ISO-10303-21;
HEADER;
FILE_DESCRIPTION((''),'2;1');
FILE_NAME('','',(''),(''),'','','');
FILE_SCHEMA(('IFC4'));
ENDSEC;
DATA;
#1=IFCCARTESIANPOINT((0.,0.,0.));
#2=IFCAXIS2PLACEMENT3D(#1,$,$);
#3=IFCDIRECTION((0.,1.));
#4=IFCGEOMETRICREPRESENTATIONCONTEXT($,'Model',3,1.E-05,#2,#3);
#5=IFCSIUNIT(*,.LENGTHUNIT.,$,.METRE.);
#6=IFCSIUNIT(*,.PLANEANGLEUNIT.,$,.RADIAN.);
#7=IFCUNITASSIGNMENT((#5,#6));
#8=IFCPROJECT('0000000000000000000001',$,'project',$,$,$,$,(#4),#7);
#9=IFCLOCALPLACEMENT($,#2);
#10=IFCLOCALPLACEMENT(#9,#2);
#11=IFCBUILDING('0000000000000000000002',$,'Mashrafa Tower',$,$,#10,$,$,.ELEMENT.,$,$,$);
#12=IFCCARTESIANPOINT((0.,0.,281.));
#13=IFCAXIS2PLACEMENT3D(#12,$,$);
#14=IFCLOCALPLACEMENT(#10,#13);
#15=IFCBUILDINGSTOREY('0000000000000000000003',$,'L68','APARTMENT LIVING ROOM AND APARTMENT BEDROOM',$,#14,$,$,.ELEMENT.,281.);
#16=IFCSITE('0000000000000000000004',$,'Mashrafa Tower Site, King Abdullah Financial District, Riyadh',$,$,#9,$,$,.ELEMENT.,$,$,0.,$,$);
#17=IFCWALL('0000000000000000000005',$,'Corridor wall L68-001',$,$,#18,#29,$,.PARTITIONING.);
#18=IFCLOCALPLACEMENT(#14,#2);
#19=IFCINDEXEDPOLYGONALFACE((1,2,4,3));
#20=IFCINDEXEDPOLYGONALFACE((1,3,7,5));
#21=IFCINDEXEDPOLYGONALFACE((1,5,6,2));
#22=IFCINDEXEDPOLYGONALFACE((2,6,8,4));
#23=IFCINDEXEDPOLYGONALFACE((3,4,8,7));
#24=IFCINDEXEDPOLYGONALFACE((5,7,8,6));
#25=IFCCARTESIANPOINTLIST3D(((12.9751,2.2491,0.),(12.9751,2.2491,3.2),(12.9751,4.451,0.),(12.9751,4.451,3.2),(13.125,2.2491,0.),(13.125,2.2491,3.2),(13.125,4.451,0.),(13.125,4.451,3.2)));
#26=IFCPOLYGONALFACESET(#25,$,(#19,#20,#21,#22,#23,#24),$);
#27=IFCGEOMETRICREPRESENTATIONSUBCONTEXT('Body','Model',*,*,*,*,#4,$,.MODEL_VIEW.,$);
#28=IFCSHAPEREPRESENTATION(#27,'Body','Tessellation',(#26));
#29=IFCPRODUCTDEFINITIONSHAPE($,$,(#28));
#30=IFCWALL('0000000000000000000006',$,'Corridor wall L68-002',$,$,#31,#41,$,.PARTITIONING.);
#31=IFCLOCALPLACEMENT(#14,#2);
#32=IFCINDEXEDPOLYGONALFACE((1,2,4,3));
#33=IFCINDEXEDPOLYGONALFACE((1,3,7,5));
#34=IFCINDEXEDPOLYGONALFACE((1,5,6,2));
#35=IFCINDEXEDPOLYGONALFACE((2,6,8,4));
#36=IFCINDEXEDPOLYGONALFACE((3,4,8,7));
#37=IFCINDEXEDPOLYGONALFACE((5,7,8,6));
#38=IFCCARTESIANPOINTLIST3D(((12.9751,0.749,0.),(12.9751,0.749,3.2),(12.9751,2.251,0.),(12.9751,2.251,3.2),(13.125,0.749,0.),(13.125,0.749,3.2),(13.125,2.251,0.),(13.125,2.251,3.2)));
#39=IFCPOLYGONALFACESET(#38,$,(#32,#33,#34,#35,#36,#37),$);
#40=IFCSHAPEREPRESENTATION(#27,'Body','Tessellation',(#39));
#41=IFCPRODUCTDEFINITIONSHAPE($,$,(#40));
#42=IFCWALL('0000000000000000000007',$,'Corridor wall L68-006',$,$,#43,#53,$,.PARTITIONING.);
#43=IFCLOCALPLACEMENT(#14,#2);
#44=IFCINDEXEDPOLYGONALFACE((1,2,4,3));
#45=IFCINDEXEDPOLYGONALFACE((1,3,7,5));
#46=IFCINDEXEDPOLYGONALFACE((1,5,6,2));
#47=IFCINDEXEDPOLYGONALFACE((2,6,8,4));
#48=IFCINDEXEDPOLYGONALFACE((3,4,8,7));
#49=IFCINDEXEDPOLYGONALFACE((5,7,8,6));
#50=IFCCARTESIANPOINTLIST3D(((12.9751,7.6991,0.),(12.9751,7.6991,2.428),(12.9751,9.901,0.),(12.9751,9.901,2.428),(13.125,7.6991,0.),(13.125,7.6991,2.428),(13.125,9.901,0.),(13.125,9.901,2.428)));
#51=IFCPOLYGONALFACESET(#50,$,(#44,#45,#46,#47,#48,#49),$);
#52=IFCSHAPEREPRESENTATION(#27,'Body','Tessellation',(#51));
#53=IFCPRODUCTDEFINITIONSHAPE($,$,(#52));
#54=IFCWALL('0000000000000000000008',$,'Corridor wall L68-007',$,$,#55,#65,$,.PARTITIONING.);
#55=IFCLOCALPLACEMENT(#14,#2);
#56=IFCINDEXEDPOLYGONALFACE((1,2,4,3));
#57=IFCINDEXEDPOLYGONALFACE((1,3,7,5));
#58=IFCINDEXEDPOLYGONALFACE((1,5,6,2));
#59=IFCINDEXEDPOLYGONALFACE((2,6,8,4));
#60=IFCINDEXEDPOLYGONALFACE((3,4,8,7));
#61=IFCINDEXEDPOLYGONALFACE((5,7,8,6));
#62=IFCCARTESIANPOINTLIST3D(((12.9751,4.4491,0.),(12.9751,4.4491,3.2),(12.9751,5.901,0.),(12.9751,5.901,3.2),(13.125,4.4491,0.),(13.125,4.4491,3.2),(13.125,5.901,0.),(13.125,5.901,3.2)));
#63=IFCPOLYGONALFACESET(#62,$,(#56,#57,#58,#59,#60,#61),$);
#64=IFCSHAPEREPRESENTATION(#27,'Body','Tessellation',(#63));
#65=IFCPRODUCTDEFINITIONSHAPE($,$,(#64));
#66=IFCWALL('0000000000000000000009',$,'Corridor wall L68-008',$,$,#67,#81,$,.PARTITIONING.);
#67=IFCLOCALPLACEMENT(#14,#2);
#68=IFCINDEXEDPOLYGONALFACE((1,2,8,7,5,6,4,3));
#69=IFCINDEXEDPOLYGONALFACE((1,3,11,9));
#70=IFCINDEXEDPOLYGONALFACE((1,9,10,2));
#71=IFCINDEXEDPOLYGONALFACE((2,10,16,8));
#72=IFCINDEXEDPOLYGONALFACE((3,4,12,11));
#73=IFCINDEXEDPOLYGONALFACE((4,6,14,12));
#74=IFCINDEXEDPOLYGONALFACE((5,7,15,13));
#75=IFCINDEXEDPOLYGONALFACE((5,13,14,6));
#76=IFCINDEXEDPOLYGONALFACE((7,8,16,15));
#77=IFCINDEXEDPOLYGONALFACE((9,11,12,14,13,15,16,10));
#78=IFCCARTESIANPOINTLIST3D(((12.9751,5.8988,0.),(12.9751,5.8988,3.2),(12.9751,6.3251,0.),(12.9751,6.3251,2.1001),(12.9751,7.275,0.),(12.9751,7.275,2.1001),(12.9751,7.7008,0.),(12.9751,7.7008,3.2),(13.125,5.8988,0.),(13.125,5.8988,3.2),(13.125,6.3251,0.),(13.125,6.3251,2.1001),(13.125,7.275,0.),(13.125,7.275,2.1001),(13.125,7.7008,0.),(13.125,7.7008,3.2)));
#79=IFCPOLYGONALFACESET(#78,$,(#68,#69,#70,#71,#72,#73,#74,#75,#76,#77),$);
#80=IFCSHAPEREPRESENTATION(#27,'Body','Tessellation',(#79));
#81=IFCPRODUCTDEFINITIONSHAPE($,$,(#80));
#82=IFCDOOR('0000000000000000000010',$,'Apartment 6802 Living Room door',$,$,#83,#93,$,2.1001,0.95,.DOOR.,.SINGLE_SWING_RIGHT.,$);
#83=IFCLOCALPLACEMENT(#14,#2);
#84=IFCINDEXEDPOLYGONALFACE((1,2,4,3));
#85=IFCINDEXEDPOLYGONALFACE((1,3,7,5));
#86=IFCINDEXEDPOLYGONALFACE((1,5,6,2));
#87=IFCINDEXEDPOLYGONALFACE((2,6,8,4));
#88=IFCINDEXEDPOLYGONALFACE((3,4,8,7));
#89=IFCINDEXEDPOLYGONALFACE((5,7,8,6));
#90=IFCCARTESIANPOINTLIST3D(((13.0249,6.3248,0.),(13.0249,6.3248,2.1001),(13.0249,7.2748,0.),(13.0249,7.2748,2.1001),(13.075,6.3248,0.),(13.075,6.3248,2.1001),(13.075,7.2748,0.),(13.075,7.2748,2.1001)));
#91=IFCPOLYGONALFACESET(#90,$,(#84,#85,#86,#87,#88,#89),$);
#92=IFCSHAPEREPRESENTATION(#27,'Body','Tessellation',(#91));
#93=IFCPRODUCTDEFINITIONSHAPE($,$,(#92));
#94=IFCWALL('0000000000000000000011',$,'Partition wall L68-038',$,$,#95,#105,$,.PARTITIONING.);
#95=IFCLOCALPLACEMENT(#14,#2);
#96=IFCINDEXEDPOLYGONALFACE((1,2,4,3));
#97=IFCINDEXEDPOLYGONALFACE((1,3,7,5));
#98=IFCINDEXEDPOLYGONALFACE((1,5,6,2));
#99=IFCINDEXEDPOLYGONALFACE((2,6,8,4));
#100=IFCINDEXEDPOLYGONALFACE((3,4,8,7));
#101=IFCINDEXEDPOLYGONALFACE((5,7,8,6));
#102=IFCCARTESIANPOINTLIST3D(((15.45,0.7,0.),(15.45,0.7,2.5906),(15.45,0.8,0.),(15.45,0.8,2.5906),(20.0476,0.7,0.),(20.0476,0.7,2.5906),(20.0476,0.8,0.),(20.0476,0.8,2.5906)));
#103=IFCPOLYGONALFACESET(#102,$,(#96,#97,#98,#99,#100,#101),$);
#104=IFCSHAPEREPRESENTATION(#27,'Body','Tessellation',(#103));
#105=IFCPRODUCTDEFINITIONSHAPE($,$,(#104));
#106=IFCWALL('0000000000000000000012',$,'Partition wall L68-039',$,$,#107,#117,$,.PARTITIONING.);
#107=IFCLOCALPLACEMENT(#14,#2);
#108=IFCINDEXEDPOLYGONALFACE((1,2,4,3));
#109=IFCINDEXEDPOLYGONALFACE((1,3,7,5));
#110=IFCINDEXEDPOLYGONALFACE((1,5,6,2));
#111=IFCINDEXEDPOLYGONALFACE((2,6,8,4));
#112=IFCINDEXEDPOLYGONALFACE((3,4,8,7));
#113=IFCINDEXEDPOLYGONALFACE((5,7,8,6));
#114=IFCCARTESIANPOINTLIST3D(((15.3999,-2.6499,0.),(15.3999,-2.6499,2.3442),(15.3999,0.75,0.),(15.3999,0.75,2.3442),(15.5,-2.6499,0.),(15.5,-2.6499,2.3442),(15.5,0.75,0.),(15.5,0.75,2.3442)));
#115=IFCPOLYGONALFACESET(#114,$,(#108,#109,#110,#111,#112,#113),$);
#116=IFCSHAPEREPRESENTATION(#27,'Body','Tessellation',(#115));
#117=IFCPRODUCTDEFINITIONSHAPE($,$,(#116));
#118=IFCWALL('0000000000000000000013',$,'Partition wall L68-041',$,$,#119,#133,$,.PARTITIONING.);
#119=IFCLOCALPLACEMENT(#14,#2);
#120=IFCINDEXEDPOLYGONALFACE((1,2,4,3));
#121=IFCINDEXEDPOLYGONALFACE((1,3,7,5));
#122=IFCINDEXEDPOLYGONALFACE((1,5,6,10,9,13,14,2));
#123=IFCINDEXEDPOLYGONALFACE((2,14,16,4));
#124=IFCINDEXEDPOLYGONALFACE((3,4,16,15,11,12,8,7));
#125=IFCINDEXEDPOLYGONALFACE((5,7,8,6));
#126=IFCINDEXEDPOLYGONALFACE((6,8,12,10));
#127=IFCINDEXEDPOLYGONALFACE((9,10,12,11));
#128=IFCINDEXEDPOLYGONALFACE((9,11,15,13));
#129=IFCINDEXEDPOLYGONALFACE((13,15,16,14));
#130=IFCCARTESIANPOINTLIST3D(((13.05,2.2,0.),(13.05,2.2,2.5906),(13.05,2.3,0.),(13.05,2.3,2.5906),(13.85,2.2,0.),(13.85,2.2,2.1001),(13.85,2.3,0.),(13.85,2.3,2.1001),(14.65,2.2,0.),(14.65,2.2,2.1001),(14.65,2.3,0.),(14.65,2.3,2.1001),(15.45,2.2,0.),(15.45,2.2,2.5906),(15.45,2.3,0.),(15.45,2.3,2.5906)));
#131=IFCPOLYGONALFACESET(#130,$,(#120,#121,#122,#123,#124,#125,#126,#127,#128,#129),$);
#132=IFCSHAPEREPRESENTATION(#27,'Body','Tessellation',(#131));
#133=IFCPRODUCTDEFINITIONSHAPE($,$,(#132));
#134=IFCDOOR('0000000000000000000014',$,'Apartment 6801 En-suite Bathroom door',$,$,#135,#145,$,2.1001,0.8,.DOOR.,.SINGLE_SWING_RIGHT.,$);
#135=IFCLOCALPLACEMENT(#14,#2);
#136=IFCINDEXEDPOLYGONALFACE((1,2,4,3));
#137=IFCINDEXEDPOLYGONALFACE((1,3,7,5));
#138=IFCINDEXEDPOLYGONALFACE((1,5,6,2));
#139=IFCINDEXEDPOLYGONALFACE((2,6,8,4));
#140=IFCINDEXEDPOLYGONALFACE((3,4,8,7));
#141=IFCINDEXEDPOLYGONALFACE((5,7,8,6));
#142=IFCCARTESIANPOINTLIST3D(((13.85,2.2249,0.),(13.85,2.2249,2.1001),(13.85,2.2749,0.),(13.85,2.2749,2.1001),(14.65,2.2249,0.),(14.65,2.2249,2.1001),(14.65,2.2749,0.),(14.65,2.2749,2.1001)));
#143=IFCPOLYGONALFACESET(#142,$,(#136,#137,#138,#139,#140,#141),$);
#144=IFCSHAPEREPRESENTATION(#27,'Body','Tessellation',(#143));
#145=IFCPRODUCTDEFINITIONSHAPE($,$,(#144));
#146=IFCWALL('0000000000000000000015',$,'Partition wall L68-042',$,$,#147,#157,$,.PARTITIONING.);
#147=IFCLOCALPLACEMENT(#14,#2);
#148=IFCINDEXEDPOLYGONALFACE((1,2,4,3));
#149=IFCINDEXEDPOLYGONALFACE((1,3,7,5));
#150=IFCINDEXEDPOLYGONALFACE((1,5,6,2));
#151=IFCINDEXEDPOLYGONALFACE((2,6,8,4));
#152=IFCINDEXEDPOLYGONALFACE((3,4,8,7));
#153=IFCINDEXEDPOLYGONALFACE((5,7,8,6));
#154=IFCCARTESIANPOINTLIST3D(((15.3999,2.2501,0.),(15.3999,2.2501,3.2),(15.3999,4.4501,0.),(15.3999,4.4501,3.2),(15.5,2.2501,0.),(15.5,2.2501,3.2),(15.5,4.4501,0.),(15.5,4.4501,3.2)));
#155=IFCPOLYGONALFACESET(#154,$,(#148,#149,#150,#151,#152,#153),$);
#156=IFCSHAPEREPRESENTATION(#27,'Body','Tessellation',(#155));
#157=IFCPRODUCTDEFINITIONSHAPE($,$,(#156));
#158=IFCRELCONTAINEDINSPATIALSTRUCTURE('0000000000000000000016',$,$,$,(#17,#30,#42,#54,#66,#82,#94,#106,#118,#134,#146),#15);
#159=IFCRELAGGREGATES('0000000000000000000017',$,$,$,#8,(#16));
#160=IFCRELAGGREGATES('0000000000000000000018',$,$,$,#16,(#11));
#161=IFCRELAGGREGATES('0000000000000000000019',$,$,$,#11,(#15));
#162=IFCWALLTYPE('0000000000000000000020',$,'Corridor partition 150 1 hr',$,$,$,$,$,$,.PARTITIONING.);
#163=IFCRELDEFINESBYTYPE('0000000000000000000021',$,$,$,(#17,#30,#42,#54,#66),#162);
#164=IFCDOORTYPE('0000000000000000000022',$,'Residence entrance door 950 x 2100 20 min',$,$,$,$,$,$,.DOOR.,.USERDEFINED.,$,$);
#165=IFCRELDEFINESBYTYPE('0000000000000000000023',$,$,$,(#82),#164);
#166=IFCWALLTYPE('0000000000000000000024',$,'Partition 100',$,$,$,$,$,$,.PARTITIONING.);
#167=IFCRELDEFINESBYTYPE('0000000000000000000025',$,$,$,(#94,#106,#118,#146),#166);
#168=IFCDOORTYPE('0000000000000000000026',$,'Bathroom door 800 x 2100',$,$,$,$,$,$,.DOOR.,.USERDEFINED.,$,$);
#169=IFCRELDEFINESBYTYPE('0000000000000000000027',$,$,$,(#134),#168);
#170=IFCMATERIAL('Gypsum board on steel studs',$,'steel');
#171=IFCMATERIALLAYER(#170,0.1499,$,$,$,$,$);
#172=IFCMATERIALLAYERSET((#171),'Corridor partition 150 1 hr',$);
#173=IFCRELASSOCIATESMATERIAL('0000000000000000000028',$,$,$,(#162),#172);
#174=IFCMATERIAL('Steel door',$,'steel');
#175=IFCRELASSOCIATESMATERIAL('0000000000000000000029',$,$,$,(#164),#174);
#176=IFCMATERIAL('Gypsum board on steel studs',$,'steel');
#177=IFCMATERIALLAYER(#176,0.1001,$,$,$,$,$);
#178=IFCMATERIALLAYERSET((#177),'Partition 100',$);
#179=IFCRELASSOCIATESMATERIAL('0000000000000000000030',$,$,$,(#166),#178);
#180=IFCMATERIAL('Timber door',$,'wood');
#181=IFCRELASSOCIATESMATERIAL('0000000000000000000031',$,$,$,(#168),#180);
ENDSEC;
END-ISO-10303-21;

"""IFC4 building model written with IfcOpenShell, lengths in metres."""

from ifc_helpers import new_model, si_unit, direction, frame, frame_2d, origin, place, context, subcontext, project, spatial, rectangle, extrude, material, layer, layer_set, type_object, element, fill, save


model = new_model("IFC4")

# Units and contexts
model_context = context("Model", 3, precision=1e-05, world=origin(), true_north=direction((0.0, 1.0)))
body_context = subcontext(model_context, "Body", "Model", "MODEL_VIEW")
ifc_project = project(units=[si_unit("LENGTHUNIT", "METRE"), si_unit("PLANEANGLEUNIT", "RADIAN")], contexts=[model_context])

# Site, building, storey
site_placement = place(None, origin())
site = spatial("IfcSite", under=ifc_project, at=site_placement, Name="Mashrafa Tower Site, King Abdullah Financial District, Riyadh", CompositionType="ELEMENT", RefElevation=0.0)
building_placement = place(site_placement, origin())
building = spatial("IfcBuilding", under=site, at=building_placement, Name="Mashrafa Tower", CompositionType="ELEMENT")
storey_placement = place(building_placement, frame((0.0, 0.0, 281.0)))
storey = spatial("IfcBuildingStorey", under=building, at=storey_placement, Name="L68", Description="APARTMENT LIVING ROOM AND APARTMENT BEDROOM", CompositionType="ELEMENT", Elevation=281.0)

# Walls
ifc_material_1 = material(Name="Gypsum board on steel studs", Category="steel")
ifc_layer_1 = layer(ifc_material_1, 0.1499)
ifc_layer_set_1 = layer_set([ifc_layer_1], Name="Corridor partition 150 1 hr")
wall_type_1 = type_object("IfcWallType", Name="Corridor partition 150 1 hr", PredefinedType="PARTITIONING", material=ifc_layer_set_1)
wall_1_placement = place(storey_placement, frame((13.05, 2.249, 0.0), z_axis=(0.0, 0.0, 1.0), x_axis=(0.0, 1.0, 0.0)))
element("IfcWall", 1, at=wall_1_placement, inside=storey, type_object=wall_type_1, Name="Corridor wall L68-001", PredefinedType="PARTITIONING", context=body_context, shape_type="SweptSolid", body=[
    extrude(rectangle(XDim=2.2019, YDim=0.1499, at=frame_2d((1.1011, 0.0))), origin(), (0.0, 0.0, 1.0), 3.2),
])
wall_2_placement = place(storey_placement, frame((13.05, 0.749, 0.0), z_axis=(0.0, 0.0, 1.0), x_axis=(0.0, 1.0, 0.0)))
element("IfcWall", 2, at=wall_2_placement, inside=storey, type_object=wall_type_1, Name="Corridor wall L68-002", PredefinedType="PARTITIONING", context=body_context, shape_type="SweptSolid", body=[
    extrude(rectangle(XDim=1.502, YDim=0.1499, at=frame_2d((0.751, 0.0))), origin(), (0.0, 0.0, 1.0), 3.2),
])
wall_3_placement = place(storey_placement, frame((13.05, 7.699, 0.0), z_axis=(0.0, 0.0, 1.0), x_axis=(0.0, 1.0, 0.0)))
element("IfcWall", 3, at=wall_3_placement, inside=storey, type_object=wall_type_1, Name="Corridor wall L68-006", PredefinedType="PARTITIONING", context=body_context, shape_type="SweptSolid", body=[
    extrude(rectangle(XDim=2.2019, YDim=0.1499, at=frame_2d((1.1011, 0.0))), origin(), (0.0, 0.0, 1.0), 2.428),
])
wall_4_placement = place(storey_placement, frame((13.05, 4.449, 0.0), z_axis=(0.0, 0.0, 1.0), x_axis=(0.0, 1.0, 0.0)))
element("IfcWall", 4, at=wall_4_placement, inside=storey, type_object=wall_type_1, Name="Corridor wall L68-007", PredefinedType="PARTITIONING", context=body_context, shape_type="SweptSolid", body=[
    extrude(rectangle(XDim=1.4519, YDim=0.1499, at=frame_2d((0.7261, 0.0))), origin(), (0.0, 0.0, 1.0), 3.2),
])

# Wall, opening, door
wall_5_placement = place(storey_placement, frame((13.05, 5.8989, 0.0), z_axis=(0.0, 0.0, 1.0), x_axis=(0.0, 1.0, 0.0)))
wall_5 = element("IfcWall", 5, at=wall_5_placement, inside=storey, type_object=wall_type_1, Name="Corridor wall L68-008", PredefinedType="PARTITIONING", context=body_context, shape_type="SweptSolid", body=[
    extrude(rectangle(XDim=1.802, YDim=0.1499, at=frame_2d((0.9009, 0.0))), origin(), (0.0, 0.0, 1.0), 3.2),
])
opening_1_placement = place(wall_5_placement, frame((0.426, 0.0, 0.0)))
opening_1 = element("IfcOpeningElement", 6, at=opening_1_placement, cuts=wall_5, PredefinedType="OPENING", context=body_context, shape_type="SweptSolid", body=[
    extrude(rectangle(XDim=0.95, YDim=2.1001, at=frame_2d((0.4751, 1.05))), frame((0.0, 0.085, 0.0), z_axis=(0.0, -1.0, 0.0), x_axis=(1.0, 0.0, 0.0)), (0.0, 0.0, 1.0), 0.1699),
])
ifc_material_2 = material(Name="Steel door", Category="steel")
door_type_1 = type_object("IfcDoorType", Name="Residence entrance door 950 x 2100 20 min", OperationType="USERDEFINED", PredefinedType="DOOR", material=ifc_material_2)
door_1_placement = place(opening_1_placement, frame((0.95, 0.0, 0.0), z_axis=(0.0, 0.0, 1.0), x_axis=(-1.0, 0.0, 0.0)))
door_1 = element("IfcDoor", 7, at=door_1_placement, inside=storey, type_object=door_type_1, Name="Apartment 6802 Living Room door", OperationType="SINGLE_SWING_RIGHT", OverallHeight=2.1001, OverallWidth=0.95, PredefinedType="DOOR", context=body_context, shape_type="SweptSolid", body=[
    extrude(rectangle(XDim=0.95, YDim=2.1001, at=frame_2d((0.4751, 1.05))), frame((0.0, 0.0249, 0.0), z_axis=(0.0, -1.0, 0.0), x_axis=(1.0, 0.0, 0.0)), (0.0, 0.0, 1.0), 0.05),
])
fill(opening_1, door_1)

# Walls
ifc_material_3 = material(Name="Gypsum board on steel studs", Category="steel")
ifc_layer_2 = layer(ifc_material_3, 0.1001)
ifc_layer_set_2 = layer_set([ifc_layer_2], Name="Partition 100")
wall_type_2 = type_object("IfcWallType", Name="Partition 100", PredefinedType="PARTITIONING", material=ifc_layer_set_2)
wall_6_placement = place(storey_placement, frame((20.0476, 0.75, 0.0), z_axis=(0.0, 0.0, 1.0), x_axis=(-1.0, 0.0, 0.0)))
element("IfcWall", 8, at=wall_6_placement, inside=storey, type_object=wall_type_2, Name="Partition wall L68-038", PredefinedType="PARTITIONING", context=body_context, shape_type="SweptSolid", body=[
    extrude(rectangle(XDim=4.5977, YDim=0.1001, at=frame_2d((2.2988, 0.0))), origin(), (0.0, 0.0, 1.0), 2.5906),
])
wall_7_placement = place(storey_placement, frame((15.45, 0.75, 0.0), z_axis=(0.0, 0.0, 1.0), x_axis=(0.0, -1.0, 0.0)))
element("IfcWall", 9, at=wall_7_placement, inside=storey, type_object=wall_type_2, Name="Partition wall L68-039", PredefinedType="PARTITIONING", context=body_context, shape_type="SweptSolid", body=[
    extrude(rectangle(XDim=3.3999, YDim=0.1001, at=frame_2d((1.7, 0.0))), origin(), (0.0, 0.0, 1.0), 2.3442),
])

# Wall, opening, door
wall_8_placement = place(storey_placement, frame((13.05, 2.25, 0.0), z_axis=(0.0, 0.0, 1.0), x_axis=(1.0, 0.0, 0.0)))
wall_8 = element("IfcWall", 10, at=wall_8_placement, inside=storey, type_object=wall_type_2, Name="Partition wall L68-041", PredefinedType="PARTITIONING", context=body_context, shape_type="SweptSolid", body=[
    extrude(rectangle(XDim=2.3999, YDim=0.1001, at=frame_2d((1.2, 0.0))), origin(), (0.0, 0.0, 1.0), 2.5906),
])
opening_2_placement = place(wall_8_placement, frame((0.8, 0.0, 0.0)))
opening_2 = element("IfcOpeningElement", 11, at=opening_2_placement, cuts=wall_8, PredefinedType="OPENING", context=body_context, shape_type="SweptSolid", body=[
    extrude(rectangle(XDim=0.8, YDim=2.1001, at=frame_2d((0.3999, 1.05))), frame((0.0, 0.0601, 0.0), z_axis=(0.0, -1.0, 0.0), x_axis=(1.0, 0.0, 0.0)), (0.0, 0.0, 1.0), 0.1201),
])
ifc_material_4 = material(Name="Timber door", Category="wood")
door_type_2 = type_object("IfcDoorType", Name="Bathroom door 800 x 2100", OperationType="USERDEFINED", PredefinedType="DOOR", material=ifc_material_4)
door_2_placement = place(opening_2_placement, origin())
door_2 = element("IfcDoor", 12, at=door_2_placement, inside=storey, type_object=door_type_2, Name="Apartment 6801 En-suite Bathroom door", OperationType="SINGLE_SWING_RIGHT", OverallHeight=2.1001, OverallWidth=0.8, PredefinedType="DOOR", context=body_context, shape_type="SweptSolid", body=[
    extrude(rectangle(XDim=0.8, YDim=2.1001, at=frame_2d((0.3999, 1.05))), frame((0.0, 0.0249, 0.0), z_axis=(0.0, -1.0, 0.0), x_axis=(1.0, 0.0, 0.0)), (0.0, 0.0, 1.0), 0.05),
])
fill(opening_2, door_2)

# Wall
wall_9_placement = place(storey_placement, frame((15.45, 2.25, 0.0), z_axis=(0.0, 0.0, 1.0), x_axis=(0.0, 1.0, 0.0)))
element("IfcWall", 13, at=wall_9_placement, inside=storey, type_object=wall_type_2, Name="Partition wall L68-042", PredefinedType="PARTITIONING", context=body_context, shape_type="SweptSolid", body=[
    extrude(rectangle(XDim=2.2, YDim=0.1001, at=frame_2d((1.1001, 0.0))), origin(), (0.0, 0.0, 1.0), 3.2),
])

save(model, "model.ifc")
